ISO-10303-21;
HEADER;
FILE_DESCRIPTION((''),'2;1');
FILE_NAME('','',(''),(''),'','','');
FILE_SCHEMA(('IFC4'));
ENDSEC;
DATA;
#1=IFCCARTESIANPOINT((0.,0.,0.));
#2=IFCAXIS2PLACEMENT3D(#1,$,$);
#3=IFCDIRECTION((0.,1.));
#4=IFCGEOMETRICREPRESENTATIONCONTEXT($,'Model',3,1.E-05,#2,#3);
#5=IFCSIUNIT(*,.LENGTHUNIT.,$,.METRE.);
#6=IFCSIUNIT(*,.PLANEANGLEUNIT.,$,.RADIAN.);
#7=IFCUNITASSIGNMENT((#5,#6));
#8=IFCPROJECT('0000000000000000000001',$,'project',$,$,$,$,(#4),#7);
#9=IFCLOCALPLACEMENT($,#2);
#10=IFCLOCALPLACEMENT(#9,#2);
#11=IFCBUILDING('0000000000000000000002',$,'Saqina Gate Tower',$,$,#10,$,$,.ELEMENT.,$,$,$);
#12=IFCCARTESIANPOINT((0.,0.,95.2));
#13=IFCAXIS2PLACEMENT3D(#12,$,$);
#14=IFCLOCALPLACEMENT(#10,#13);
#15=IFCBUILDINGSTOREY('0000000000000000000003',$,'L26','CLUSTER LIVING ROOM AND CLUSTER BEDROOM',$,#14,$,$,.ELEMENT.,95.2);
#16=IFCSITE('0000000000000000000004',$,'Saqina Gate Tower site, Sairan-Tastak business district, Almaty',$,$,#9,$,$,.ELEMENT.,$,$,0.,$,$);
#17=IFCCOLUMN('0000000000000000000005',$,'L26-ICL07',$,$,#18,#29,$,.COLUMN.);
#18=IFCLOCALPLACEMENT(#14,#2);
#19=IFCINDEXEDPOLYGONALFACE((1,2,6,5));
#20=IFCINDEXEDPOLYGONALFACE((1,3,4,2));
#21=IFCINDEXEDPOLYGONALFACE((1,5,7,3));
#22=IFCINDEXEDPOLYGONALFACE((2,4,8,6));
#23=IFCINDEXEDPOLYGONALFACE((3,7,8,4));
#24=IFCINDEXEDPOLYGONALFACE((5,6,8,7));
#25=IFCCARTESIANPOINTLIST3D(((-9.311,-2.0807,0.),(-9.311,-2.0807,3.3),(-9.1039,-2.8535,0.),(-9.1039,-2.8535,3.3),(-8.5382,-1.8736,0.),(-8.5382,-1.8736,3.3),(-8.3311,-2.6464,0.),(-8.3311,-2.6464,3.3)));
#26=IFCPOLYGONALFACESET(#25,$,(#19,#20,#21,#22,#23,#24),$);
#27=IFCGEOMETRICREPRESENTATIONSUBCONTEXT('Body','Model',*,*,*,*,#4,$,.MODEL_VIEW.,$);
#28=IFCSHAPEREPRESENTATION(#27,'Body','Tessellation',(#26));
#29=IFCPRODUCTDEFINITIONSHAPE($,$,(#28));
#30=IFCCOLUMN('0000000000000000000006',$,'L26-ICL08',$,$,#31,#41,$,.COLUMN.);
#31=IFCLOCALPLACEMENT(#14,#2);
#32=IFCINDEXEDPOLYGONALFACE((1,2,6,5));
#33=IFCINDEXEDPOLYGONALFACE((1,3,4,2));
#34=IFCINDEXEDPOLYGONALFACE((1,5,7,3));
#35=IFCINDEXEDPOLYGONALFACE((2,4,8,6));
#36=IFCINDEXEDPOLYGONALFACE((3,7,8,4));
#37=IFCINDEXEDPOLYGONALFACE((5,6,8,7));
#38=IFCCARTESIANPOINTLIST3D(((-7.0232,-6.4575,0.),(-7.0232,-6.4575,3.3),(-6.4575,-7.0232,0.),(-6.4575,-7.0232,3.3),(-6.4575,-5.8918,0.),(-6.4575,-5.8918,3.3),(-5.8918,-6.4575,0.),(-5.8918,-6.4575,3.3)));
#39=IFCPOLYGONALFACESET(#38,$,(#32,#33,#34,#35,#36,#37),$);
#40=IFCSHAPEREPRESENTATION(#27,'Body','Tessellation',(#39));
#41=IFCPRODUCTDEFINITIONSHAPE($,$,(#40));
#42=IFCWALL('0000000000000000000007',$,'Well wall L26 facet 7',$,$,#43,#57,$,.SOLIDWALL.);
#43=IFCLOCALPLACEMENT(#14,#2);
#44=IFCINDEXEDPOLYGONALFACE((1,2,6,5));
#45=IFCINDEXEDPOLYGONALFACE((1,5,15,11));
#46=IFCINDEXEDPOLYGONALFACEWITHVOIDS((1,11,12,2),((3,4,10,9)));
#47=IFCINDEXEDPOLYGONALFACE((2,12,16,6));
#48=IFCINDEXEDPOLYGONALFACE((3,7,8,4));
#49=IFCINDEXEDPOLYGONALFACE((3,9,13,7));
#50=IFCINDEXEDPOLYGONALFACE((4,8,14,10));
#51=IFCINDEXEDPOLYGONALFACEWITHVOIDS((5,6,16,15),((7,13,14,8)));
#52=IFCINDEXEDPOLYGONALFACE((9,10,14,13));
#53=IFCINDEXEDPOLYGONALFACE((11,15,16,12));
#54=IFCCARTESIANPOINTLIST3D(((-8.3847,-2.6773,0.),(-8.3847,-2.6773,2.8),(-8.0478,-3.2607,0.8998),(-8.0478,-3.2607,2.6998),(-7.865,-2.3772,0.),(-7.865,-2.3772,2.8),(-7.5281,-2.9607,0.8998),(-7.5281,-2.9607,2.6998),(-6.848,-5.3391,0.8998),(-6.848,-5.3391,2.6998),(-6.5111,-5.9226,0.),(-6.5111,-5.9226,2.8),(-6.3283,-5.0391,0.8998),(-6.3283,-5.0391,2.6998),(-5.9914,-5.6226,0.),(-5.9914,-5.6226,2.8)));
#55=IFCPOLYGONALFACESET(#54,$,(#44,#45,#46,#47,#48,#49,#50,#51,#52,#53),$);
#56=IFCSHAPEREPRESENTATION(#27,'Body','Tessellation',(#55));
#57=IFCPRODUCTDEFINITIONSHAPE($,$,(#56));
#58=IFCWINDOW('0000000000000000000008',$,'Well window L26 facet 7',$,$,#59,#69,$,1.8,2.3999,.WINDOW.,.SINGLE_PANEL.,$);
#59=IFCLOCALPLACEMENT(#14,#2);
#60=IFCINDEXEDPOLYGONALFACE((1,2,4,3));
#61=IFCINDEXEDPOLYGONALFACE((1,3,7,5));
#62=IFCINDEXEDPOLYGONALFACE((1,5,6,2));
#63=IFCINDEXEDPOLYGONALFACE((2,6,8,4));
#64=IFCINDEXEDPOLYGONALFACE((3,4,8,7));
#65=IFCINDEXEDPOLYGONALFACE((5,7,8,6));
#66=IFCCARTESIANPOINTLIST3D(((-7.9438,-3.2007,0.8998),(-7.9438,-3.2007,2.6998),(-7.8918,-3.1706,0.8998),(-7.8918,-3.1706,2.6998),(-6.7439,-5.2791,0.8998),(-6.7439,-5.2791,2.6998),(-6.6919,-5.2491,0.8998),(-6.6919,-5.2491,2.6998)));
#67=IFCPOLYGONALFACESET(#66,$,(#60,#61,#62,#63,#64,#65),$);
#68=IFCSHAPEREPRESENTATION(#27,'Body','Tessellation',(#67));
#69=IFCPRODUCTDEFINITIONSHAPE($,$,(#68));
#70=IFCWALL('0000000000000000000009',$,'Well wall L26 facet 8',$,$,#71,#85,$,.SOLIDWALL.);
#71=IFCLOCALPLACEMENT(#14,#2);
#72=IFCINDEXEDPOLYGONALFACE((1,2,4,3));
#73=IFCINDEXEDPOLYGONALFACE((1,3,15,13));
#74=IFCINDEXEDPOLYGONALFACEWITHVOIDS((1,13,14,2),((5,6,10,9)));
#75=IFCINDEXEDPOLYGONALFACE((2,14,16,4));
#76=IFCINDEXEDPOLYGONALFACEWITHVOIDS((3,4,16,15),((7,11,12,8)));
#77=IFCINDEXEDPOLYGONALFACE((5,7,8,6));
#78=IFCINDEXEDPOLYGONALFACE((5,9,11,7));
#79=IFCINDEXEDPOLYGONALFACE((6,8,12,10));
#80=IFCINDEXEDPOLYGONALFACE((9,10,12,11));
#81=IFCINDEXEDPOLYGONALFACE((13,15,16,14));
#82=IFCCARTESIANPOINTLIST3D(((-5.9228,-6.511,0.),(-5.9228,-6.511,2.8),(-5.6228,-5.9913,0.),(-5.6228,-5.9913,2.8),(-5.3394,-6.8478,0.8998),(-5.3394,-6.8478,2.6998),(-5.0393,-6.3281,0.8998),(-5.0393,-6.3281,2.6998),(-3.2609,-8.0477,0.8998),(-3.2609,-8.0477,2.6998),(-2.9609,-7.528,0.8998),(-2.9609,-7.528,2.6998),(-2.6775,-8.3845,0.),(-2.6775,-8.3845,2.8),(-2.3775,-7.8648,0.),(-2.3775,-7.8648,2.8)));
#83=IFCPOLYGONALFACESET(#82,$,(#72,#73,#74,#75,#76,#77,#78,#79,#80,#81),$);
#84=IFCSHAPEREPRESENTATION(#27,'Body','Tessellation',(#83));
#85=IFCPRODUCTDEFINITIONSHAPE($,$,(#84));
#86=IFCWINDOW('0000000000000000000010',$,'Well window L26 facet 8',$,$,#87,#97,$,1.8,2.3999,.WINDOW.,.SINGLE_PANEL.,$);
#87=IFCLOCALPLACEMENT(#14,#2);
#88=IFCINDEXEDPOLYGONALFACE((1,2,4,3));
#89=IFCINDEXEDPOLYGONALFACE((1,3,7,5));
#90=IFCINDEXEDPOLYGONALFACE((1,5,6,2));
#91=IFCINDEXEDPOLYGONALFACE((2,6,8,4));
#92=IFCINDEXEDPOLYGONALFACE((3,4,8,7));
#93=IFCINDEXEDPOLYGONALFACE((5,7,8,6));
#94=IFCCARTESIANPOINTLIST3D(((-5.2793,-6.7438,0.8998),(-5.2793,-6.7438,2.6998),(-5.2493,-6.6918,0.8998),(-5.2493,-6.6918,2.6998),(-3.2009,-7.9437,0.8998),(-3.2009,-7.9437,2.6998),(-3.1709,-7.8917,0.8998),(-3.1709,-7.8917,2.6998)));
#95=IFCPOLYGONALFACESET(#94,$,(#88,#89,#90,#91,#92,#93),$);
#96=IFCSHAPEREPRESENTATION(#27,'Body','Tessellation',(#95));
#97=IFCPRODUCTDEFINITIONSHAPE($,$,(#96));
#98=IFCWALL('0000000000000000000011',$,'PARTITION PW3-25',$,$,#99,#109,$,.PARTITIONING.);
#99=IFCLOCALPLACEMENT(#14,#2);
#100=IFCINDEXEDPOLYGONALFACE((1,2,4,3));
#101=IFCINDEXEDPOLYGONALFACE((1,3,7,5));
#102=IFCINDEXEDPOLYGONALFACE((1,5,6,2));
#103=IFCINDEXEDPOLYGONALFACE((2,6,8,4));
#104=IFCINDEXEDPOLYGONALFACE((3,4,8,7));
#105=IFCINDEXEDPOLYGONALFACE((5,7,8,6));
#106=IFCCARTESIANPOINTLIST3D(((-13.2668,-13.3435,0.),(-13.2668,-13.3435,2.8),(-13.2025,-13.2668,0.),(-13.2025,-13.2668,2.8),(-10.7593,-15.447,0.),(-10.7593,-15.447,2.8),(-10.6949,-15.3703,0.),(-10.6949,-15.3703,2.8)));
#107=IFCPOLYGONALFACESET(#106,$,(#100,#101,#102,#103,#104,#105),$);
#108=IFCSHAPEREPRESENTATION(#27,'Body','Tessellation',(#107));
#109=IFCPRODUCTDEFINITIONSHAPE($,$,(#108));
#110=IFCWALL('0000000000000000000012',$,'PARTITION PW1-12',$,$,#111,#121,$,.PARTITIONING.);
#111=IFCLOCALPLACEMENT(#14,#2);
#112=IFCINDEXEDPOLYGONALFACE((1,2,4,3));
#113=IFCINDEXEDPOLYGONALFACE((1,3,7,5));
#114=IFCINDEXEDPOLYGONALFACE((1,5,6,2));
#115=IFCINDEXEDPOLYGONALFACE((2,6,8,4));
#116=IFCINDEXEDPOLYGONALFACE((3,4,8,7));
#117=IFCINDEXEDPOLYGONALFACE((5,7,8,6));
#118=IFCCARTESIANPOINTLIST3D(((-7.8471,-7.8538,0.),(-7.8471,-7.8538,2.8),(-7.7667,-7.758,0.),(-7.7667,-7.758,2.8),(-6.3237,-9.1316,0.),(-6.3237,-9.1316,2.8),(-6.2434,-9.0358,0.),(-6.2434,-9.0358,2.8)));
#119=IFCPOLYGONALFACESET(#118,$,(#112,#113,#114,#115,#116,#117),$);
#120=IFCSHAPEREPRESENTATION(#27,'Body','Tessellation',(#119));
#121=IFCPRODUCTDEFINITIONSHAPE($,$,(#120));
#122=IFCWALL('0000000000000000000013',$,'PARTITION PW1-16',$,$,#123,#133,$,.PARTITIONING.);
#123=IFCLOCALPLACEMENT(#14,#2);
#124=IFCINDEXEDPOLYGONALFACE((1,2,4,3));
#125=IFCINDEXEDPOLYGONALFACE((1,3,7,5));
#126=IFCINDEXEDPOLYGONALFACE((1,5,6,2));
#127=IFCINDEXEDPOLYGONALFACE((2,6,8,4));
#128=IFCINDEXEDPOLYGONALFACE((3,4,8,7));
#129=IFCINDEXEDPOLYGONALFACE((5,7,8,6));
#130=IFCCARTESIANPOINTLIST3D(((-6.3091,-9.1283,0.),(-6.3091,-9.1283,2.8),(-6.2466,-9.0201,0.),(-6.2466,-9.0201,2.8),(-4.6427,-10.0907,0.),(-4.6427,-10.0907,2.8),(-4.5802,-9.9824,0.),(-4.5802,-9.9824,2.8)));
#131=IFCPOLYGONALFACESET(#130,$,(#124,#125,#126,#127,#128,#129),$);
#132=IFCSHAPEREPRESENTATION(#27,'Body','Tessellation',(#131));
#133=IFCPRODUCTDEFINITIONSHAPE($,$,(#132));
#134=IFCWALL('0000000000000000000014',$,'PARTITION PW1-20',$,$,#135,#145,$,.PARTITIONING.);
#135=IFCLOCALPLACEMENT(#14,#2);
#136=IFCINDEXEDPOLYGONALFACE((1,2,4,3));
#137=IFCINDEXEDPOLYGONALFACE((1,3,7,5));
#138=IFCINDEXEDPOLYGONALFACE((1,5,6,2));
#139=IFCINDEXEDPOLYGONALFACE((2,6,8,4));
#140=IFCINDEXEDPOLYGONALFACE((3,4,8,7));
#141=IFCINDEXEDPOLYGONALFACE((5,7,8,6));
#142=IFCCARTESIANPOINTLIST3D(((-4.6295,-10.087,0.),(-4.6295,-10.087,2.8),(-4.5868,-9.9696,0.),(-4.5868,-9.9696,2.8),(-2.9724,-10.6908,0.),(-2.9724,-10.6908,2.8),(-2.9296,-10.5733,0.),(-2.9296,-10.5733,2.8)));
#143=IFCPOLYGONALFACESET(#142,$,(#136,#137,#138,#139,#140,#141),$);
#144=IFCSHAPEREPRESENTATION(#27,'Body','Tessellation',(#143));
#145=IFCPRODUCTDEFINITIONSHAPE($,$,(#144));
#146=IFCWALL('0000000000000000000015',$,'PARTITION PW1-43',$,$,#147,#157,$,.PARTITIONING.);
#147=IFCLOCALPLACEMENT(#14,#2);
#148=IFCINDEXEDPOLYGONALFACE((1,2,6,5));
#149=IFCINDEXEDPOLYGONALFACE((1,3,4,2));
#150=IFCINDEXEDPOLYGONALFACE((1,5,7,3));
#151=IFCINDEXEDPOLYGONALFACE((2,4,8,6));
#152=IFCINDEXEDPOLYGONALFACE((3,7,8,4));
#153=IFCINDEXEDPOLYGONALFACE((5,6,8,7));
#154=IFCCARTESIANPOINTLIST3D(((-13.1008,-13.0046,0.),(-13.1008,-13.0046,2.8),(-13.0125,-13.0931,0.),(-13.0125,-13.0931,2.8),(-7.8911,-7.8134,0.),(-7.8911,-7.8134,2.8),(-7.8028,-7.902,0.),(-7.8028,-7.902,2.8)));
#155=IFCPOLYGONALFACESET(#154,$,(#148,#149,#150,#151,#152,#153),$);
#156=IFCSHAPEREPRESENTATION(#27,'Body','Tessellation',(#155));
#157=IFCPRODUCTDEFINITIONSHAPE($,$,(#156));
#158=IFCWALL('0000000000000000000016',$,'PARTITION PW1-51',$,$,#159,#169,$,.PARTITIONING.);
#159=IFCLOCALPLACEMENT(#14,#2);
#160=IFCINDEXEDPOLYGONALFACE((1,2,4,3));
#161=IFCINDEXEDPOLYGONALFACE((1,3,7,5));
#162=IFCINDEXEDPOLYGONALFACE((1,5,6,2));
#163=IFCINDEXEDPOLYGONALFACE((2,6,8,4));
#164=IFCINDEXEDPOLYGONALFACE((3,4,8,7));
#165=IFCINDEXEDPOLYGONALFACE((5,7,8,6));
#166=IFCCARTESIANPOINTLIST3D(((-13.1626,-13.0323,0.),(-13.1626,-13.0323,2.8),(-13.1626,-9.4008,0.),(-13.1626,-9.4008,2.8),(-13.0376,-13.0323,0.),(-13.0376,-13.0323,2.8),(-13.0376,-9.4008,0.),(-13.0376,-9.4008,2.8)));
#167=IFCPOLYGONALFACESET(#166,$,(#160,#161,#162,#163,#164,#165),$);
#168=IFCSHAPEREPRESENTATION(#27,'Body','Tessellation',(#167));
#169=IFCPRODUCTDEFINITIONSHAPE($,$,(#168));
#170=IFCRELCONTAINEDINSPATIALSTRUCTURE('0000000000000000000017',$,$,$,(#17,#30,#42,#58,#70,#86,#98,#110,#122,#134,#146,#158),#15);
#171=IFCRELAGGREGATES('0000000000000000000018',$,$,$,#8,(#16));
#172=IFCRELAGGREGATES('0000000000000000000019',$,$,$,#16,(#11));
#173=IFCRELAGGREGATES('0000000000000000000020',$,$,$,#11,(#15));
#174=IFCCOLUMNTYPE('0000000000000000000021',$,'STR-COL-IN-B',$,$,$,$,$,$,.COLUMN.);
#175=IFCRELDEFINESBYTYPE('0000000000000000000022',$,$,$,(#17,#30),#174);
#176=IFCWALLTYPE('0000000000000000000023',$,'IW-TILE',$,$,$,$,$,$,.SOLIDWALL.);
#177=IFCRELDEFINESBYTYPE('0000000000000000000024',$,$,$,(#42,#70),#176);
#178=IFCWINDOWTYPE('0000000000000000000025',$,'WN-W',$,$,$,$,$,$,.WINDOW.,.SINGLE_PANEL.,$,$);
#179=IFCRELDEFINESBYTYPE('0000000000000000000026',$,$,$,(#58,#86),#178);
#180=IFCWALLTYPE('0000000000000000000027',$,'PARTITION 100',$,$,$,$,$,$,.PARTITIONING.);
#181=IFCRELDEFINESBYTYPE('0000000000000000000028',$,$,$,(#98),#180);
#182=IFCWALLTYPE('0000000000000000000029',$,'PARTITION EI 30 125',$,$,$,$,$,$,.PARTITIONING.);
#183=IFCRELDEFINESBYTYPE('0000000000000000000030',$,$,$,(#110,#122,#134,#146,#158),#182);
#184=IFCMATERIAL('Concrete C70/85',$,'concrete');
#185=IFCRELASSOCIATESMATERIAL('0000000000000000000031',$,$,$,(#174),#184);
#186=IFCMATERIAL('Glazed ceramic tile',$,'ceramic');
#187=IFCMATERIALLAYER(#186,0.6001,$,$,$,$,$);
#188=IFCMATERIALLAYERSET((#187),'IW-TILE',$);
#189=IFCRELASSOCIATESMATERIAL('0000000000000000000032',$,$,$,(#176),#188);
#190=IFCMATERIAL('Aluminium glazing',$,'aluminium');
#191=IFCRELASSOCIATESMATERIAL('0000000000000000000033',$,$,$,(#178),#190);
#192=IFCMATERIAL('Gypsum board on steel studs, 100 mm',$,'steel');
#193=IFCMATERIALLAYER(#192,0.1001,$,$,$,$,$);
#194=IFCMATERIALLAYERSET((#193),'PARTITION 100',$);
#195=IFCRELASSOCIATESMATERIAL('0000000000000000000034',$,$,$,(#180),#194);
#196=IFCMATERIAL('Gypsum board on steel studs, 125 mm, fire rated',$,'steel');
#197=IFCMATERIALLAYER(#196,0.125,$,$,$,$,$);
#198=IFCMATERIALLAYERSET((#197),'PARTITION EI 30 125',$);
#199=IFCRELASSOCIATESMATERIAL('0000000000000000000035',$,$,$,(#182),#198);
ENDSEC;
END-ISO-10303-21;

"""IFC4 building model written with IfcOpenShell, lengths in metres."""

from ifc_helpers import new_model, si_unit, direction, frame, frame_2d, origin, origin_2d, place, context, subcontext, project, spatial, rectangle, extrude, material, layer, layer_set, material_profile, profile_set, type_object, element, fill, save


model = new_model("IFC4")

# Units and contexts
model_context = context("Model", 3, precision=1e-05, world=origin(), true_north=direction((0.0, 1.0)))
body_context = subcontext(model_context, "Body", "Model", "MODEL_VIEW")
ifc_project = project(units=[si_unit("LENGTHUNIT", "METRE"), si_unit("PLANEANGLEUNIT", "RADIAN")], contexts=[model_context])

# Site, building, storey
site_placement = place(None, origin())
site = spatial("IfcSite", under=ifc_project, at=site_placement, Name="Saqina Gate Tower site, Sairan-Tastak business district, Almaty", CompositionType="ELEMENT", RefElevation=0.0)
building_placement = place(site_placement, origin())
building = spatial("IfcBuilding", under=site, at=building_placement, Name="Saqina Gate Tower", CompositionType="ELEMENT")
storey_placement = place(building_placement, frame((0.0, 0.0, 95.2)))
storey = spatial("IfcBuildingStorey", under=building, at=storey_placement, Name="L26", Description="CLUSTER LIVING ROOM AND CLUSTER BEDROOM", CompositionType="ELEMENT", Elevation=95.2)

# Columns
ifc_material_1 = material(Name="Concrete C70/85", Category="concrete")
ifc_material_profile = material_profile(ifc_material_1, rectangle(XDim=0.8, YDim=0.8, at=origin_2d()), Name="RC 800x800")
ifc_profile_set = profile_set([ifc_material_profile], Name="Concrete C70/85")
column_type = type_object("IfcColumnType", Name="STR-COL-IN-B", PredefinedType="COLUMN", material=ifc_profile_set)
for number, where, z_axis, x_axis, name in (
    (1, (-8.821, -2.3635, 0.0), (0.0, 0.0, 1.0), (-0.965926, -0.258819, 0.0), "L26-ICL07"),
    (2, (-6.4575, -6.4575, 0.0), (0.0, 0.0, 1.0), (-0.707107, -0.707107, 0.0), "L26-ICL08"),
):
    element("IfcColumn", number, at=place(storey_placement, frame(where, z_axis=z_axis, x_axis=x_axis)), inside=storey, type_object=column_type, Name=name, PredefinedType="COLUMN", context=body_context, shape_type="SweptSolid", body=[
        extrude(rectangle(XDim=0.8, YDim=0.8, at=origin_2d()), origin(), (0.0, 0.0, 1.0), 3.3),
    ])

# Walls, openings, windows
ifc_material_2 = material(Name="Glazed ceramic tile", Category="ceramic")
ifc_layer_1 = layer(ifc_material_2, 0.6001)
ifc_layer_set_1 = layer_set([ifc_layer_1], Name="IW-TILE")
wall_type_1 = type_object("IfcWallType", Name="IW-TILE", PredefinedType="SOLIDWALL", material=ifc_layer_set_1)
wall_1_placement = place(storey_placement, frame((-8.1248, -2.5273, 0.0), z_axis=(0.0, 0.0, 1.0), x_axis=(0.499965, -0.866046, 0.0)))
wall_1 = element("IfcWall", 3, at=wall_1_placement, inside=storey, type_object=wall_type_1, Name="Well wall L26 facet 7", PredefinedType="SOLIDWALL", context=body_context, shape_type="SweptSolid", body=[
    extrude(rectangle(XDim=3.7473, YDim=0.6001, at=frame_2d((1.8735, 0.0))), origin(), (0.0, 0.0, 1.0), 2.8),
])
opening_1_placement = place(wall_1_placement, frame((0.6736, 0.0, 0.8999)))
opening_1 = element("IfcOpeningElement", 4, at=opening_1_placement, cuts=wall_1, PredefinedType="OPENING", context=body_context, shape_type="SweptSolid", body=[
    extrude(rectangle(XDim=2.3999, YDim=1.8, at=frame_2d((1.2, 0.8999))), frame((0.0, 0.312, 0.0), z_axis=(0.0, -1.0, 0.0), x_axis=(1.0, 0.0, 0.0)), (0.0, 0.0, 1.0), 0.624),
])
ifc_material_3 = material(Name="Aluminium glazing", Category="aluminium")
window_type = type_object("IfcWindowType", Name="WN-W", PartitioningType="SINGLE_PANEL", PredefinedType="WINDOW", material=ifc_material_3)
window_1_placement = place(opening_1_placement, origin())
window_1 = element("IfcWindow", 5, at=window_1_placement, inside=storey, type_object=window_type, Name="Well window L26 facet 7", OverallHeight=1.8, OverallWidth=2.3999, PartitioningType="SINGLE_PANEL", PredefinedType="WINDOW", context=body_context, shape_type="SweptSolid", body=[
    extrude(rectangle(XDim=2.3999, YDim=1.8, at=frame_2d((1.2, 0.8999))), frame((0.0, -0.1199, 0.0), z_axis=(0.0, -1.0, 0.0), x_axis=(1.0, 0.0, 0.0)), (0.0, 0.0, 1.0), 0.0601),
])
fill(opening_1, window_1)
wall_2_placement = place(storey_placement, frame((-5.7727, -6.2512, 0.0), z_axis=(0.0, 0.0, 1.0), x_axis=(0.866046, -0.499965, 0.0)))
wall_2 = element("IfcWall", 6, at=wall_2_placement, inside=storey, type_object=wall_type_1, Name="Well wall L26 facet 8", PredefinedType="SOLIDWALL", context=body_context, shape_type="SweptSolid", body=[
    extrude(rectangle(XDim=3.7473, YDim=0.6001, at=frame_2d((1.8735, 0.0))), origin(), (0.0, 0.0, 1.0), 2.8),
])
opening_2_placement = place(wall_2_placement, frame((0.6736, 0.0, 0.8999)))
opening_2 = element("IfcOpeningElement", 7, at=opening_2_placement, cuts=wall_2, PredefinedType="OPENING", context=body_context, shape_type="SweptSolid", body=[
    extrude(rectangle(XDim=2.3999, YDim=1.8, at=frame_2d((1.2, 0.8999))), frame((0.0, 0.312, 0.0), z_axis=(0.0, -1.0, 0.0), x_axis=(1.0, 0.0, 0.0)), (0.0, 0.0, 1.0), 0.624),
])
window_2_placement = place(opening_2_placement, origin())
window_2 = element("IfcWindow", 8, at=window_2_placement, inside=storey, type_object=window_type, Name="Well window L26 facet 8", OverallHeight=1.8, OverallWidth=2.3999, PartitioningType="SINGLE_PANEL", PredefinedType="WINDOW", context=body_context, shape_type="SweptSolid", body=[
    extrude(rectangle(XDim=2.3999, YDim=1.8, at=frame_2d((1.2, 0.8999))), frame((0.0, -0.1199, 0.0), z_axis=(0.0, -1.0, 0.0), x_axis=(1.0, 0.0, 0.0)), (0.0, 0.0, 1.0), 0.0601),
])
fill(opening_2, window_2)

# Walls
ifc_material_4 = material(Name="Gypsum board on steel studs, 100 mm", Category="steel")
ifc_layer_2 = layer(ifc_material_4, 0.1001)
ifc_layer_set_2 = layer_set([ifc_layer_2], Name="PARTITION 100")
wall_type_2 = type_object("IfcWallType", Name="PARTITION 100", PredefinedType="PARTITIONING", material=ifc_layer_set_2)
wall_3_placement = place(storey_placement, frame((-13.2346, -13.3052, 0.0), z_axis=(0.0, 0.0, 1.0), x_axis=(0.766132, -0.642683, 0.0)))
element("IfcWall", 9, at=wall_3_placement, inside=storey, type_object=wall_type_2, Name="PARTITION PW3-25", PredefinedType="PARTITIONING", context=body_context, shape_type="SweptSolid", body=[
    extrude(rectangle(XDim=3.2729, YDim=0.1001, at=frame_2d((1.6365, 0.0))), origin(), (0.0, 0.0, 1.0), 2.8),
])
ifc_material_5 = material(Name="Gypsum board on steel studs, 125 mm, fire rated", Category="steel")
ifc_layer_3 = layer(ifc_material_5, 0.125)
ifc_layer_set_3 = layer_set([ifc_layer_3], Name="PARTITION EI 30 125")
wall_type_3 = type_object("IfcWallType", Name="PARTITION EI 30 125", PredefinedType="PARTITIONING", material=ifc_layer_set_3)
wall_4_placement = place(storey_placement, frame((-7.8069, -7.8059, 0.0), z_axis=(0.0, 0.0, 1.0), x_axis=(0.766164, -0.642645, 0.0)))
element("IfcWall", 10, at=wall_4_placement, inside=storey, type_object=wall_type_3, Name="PARTITION PW1-12", PredefinedType="PARTITIONING", context=body_context, shape_type="SweptSolid", body=[
    extrude(rectangle(XDim=1.9883, YDim=0.125, at=frame_2d((0.9941, 0.0))), origin(), (0.0, 0.0, 1.0), 2.8),
])
wall_5_placement = place(storey_placement, frame((-6.2778, -9.0742, 0.0), z_axis=(0.0, 0.0, 1.0), x_axis=(0.86597, -0.500096, 0.0)))
element("IfcWall", 11, at=wall_5_placement, inside=storey, type_object=wall_type_3, Name="PARTITION PW1-16", PredefinedType="PARTITIONING", context=body_context, shape_type="SweptSolid", body=[
    extrude(rectangle(XDim=1.9243, YDim=0.125, at=frame_2d((0.9622, 0.0))), origin(), (0.0, 0.0, 1.0), 2.8),
])
wall_6_placement = place(storey_placement, frame((-4.6082, -10.0283, 0.0), z_axis=(0.0, 0.0, 1.0), x_axis=(0.939587, -0.34231, 0.0)))
element("IfcWall", 12, at=wall_6_placement, inside=storey, type_object=wall_type_3, Name="PARTITION PW1-20", PredefinedType="PARTITIONING", context=body_context, shape_type="SweptSolid", body=[
    extrude(rectangle(XDim=1.7637, YDim=0.125, at=frame_2d((0.8818, 0.0))), origin(), (0.0, 0.0, 1.0), 2.8),
])
wall_7_placement = place(storey_placement, frame((-13.0566, -13.0488, 0.0), z_axis=(0.0, 0.0, 1.0), x_axis=(0.708367, 0.705844, 0.0)))
element("IfcWall", 13, at=wall_7_placement, inside=storey, type_object=wall_type_3, Name="PARTITION PW1-43", PredefinedType="PARTITIONING", context=body_context, shape_type="SweptSolid", body=[
    extrude(rectangle(XDim=7.3545, YDim=0.125, at=frame_2d((3.6772, 0.0))), origin(), (0.0, 0.0, 1.0), 2.8),
])
wall_8_placement = place(storey_placement, frame((-13.1001, -13.0325, 0.0), z_axis=(0.0, 0.0, 1.0), x_axis=(0.0, 1.0, 0.0)))
element("IfcWall", 14, at=wall_8_placement, inside=storey, type_object=wall_type_3, Name="PARTITION PW1-51", PredefinedType="PARTITIONING", context=body_context, shape_type="SweptSolid", body=[
    extrude(rectangle(XDim=3.6316, YDim=0.125, at=frame_2d((1.8159, 0.0))), origin(), (0.0, 0.0, 1.0), 2.8),
])

save(model, "model.ifc")
